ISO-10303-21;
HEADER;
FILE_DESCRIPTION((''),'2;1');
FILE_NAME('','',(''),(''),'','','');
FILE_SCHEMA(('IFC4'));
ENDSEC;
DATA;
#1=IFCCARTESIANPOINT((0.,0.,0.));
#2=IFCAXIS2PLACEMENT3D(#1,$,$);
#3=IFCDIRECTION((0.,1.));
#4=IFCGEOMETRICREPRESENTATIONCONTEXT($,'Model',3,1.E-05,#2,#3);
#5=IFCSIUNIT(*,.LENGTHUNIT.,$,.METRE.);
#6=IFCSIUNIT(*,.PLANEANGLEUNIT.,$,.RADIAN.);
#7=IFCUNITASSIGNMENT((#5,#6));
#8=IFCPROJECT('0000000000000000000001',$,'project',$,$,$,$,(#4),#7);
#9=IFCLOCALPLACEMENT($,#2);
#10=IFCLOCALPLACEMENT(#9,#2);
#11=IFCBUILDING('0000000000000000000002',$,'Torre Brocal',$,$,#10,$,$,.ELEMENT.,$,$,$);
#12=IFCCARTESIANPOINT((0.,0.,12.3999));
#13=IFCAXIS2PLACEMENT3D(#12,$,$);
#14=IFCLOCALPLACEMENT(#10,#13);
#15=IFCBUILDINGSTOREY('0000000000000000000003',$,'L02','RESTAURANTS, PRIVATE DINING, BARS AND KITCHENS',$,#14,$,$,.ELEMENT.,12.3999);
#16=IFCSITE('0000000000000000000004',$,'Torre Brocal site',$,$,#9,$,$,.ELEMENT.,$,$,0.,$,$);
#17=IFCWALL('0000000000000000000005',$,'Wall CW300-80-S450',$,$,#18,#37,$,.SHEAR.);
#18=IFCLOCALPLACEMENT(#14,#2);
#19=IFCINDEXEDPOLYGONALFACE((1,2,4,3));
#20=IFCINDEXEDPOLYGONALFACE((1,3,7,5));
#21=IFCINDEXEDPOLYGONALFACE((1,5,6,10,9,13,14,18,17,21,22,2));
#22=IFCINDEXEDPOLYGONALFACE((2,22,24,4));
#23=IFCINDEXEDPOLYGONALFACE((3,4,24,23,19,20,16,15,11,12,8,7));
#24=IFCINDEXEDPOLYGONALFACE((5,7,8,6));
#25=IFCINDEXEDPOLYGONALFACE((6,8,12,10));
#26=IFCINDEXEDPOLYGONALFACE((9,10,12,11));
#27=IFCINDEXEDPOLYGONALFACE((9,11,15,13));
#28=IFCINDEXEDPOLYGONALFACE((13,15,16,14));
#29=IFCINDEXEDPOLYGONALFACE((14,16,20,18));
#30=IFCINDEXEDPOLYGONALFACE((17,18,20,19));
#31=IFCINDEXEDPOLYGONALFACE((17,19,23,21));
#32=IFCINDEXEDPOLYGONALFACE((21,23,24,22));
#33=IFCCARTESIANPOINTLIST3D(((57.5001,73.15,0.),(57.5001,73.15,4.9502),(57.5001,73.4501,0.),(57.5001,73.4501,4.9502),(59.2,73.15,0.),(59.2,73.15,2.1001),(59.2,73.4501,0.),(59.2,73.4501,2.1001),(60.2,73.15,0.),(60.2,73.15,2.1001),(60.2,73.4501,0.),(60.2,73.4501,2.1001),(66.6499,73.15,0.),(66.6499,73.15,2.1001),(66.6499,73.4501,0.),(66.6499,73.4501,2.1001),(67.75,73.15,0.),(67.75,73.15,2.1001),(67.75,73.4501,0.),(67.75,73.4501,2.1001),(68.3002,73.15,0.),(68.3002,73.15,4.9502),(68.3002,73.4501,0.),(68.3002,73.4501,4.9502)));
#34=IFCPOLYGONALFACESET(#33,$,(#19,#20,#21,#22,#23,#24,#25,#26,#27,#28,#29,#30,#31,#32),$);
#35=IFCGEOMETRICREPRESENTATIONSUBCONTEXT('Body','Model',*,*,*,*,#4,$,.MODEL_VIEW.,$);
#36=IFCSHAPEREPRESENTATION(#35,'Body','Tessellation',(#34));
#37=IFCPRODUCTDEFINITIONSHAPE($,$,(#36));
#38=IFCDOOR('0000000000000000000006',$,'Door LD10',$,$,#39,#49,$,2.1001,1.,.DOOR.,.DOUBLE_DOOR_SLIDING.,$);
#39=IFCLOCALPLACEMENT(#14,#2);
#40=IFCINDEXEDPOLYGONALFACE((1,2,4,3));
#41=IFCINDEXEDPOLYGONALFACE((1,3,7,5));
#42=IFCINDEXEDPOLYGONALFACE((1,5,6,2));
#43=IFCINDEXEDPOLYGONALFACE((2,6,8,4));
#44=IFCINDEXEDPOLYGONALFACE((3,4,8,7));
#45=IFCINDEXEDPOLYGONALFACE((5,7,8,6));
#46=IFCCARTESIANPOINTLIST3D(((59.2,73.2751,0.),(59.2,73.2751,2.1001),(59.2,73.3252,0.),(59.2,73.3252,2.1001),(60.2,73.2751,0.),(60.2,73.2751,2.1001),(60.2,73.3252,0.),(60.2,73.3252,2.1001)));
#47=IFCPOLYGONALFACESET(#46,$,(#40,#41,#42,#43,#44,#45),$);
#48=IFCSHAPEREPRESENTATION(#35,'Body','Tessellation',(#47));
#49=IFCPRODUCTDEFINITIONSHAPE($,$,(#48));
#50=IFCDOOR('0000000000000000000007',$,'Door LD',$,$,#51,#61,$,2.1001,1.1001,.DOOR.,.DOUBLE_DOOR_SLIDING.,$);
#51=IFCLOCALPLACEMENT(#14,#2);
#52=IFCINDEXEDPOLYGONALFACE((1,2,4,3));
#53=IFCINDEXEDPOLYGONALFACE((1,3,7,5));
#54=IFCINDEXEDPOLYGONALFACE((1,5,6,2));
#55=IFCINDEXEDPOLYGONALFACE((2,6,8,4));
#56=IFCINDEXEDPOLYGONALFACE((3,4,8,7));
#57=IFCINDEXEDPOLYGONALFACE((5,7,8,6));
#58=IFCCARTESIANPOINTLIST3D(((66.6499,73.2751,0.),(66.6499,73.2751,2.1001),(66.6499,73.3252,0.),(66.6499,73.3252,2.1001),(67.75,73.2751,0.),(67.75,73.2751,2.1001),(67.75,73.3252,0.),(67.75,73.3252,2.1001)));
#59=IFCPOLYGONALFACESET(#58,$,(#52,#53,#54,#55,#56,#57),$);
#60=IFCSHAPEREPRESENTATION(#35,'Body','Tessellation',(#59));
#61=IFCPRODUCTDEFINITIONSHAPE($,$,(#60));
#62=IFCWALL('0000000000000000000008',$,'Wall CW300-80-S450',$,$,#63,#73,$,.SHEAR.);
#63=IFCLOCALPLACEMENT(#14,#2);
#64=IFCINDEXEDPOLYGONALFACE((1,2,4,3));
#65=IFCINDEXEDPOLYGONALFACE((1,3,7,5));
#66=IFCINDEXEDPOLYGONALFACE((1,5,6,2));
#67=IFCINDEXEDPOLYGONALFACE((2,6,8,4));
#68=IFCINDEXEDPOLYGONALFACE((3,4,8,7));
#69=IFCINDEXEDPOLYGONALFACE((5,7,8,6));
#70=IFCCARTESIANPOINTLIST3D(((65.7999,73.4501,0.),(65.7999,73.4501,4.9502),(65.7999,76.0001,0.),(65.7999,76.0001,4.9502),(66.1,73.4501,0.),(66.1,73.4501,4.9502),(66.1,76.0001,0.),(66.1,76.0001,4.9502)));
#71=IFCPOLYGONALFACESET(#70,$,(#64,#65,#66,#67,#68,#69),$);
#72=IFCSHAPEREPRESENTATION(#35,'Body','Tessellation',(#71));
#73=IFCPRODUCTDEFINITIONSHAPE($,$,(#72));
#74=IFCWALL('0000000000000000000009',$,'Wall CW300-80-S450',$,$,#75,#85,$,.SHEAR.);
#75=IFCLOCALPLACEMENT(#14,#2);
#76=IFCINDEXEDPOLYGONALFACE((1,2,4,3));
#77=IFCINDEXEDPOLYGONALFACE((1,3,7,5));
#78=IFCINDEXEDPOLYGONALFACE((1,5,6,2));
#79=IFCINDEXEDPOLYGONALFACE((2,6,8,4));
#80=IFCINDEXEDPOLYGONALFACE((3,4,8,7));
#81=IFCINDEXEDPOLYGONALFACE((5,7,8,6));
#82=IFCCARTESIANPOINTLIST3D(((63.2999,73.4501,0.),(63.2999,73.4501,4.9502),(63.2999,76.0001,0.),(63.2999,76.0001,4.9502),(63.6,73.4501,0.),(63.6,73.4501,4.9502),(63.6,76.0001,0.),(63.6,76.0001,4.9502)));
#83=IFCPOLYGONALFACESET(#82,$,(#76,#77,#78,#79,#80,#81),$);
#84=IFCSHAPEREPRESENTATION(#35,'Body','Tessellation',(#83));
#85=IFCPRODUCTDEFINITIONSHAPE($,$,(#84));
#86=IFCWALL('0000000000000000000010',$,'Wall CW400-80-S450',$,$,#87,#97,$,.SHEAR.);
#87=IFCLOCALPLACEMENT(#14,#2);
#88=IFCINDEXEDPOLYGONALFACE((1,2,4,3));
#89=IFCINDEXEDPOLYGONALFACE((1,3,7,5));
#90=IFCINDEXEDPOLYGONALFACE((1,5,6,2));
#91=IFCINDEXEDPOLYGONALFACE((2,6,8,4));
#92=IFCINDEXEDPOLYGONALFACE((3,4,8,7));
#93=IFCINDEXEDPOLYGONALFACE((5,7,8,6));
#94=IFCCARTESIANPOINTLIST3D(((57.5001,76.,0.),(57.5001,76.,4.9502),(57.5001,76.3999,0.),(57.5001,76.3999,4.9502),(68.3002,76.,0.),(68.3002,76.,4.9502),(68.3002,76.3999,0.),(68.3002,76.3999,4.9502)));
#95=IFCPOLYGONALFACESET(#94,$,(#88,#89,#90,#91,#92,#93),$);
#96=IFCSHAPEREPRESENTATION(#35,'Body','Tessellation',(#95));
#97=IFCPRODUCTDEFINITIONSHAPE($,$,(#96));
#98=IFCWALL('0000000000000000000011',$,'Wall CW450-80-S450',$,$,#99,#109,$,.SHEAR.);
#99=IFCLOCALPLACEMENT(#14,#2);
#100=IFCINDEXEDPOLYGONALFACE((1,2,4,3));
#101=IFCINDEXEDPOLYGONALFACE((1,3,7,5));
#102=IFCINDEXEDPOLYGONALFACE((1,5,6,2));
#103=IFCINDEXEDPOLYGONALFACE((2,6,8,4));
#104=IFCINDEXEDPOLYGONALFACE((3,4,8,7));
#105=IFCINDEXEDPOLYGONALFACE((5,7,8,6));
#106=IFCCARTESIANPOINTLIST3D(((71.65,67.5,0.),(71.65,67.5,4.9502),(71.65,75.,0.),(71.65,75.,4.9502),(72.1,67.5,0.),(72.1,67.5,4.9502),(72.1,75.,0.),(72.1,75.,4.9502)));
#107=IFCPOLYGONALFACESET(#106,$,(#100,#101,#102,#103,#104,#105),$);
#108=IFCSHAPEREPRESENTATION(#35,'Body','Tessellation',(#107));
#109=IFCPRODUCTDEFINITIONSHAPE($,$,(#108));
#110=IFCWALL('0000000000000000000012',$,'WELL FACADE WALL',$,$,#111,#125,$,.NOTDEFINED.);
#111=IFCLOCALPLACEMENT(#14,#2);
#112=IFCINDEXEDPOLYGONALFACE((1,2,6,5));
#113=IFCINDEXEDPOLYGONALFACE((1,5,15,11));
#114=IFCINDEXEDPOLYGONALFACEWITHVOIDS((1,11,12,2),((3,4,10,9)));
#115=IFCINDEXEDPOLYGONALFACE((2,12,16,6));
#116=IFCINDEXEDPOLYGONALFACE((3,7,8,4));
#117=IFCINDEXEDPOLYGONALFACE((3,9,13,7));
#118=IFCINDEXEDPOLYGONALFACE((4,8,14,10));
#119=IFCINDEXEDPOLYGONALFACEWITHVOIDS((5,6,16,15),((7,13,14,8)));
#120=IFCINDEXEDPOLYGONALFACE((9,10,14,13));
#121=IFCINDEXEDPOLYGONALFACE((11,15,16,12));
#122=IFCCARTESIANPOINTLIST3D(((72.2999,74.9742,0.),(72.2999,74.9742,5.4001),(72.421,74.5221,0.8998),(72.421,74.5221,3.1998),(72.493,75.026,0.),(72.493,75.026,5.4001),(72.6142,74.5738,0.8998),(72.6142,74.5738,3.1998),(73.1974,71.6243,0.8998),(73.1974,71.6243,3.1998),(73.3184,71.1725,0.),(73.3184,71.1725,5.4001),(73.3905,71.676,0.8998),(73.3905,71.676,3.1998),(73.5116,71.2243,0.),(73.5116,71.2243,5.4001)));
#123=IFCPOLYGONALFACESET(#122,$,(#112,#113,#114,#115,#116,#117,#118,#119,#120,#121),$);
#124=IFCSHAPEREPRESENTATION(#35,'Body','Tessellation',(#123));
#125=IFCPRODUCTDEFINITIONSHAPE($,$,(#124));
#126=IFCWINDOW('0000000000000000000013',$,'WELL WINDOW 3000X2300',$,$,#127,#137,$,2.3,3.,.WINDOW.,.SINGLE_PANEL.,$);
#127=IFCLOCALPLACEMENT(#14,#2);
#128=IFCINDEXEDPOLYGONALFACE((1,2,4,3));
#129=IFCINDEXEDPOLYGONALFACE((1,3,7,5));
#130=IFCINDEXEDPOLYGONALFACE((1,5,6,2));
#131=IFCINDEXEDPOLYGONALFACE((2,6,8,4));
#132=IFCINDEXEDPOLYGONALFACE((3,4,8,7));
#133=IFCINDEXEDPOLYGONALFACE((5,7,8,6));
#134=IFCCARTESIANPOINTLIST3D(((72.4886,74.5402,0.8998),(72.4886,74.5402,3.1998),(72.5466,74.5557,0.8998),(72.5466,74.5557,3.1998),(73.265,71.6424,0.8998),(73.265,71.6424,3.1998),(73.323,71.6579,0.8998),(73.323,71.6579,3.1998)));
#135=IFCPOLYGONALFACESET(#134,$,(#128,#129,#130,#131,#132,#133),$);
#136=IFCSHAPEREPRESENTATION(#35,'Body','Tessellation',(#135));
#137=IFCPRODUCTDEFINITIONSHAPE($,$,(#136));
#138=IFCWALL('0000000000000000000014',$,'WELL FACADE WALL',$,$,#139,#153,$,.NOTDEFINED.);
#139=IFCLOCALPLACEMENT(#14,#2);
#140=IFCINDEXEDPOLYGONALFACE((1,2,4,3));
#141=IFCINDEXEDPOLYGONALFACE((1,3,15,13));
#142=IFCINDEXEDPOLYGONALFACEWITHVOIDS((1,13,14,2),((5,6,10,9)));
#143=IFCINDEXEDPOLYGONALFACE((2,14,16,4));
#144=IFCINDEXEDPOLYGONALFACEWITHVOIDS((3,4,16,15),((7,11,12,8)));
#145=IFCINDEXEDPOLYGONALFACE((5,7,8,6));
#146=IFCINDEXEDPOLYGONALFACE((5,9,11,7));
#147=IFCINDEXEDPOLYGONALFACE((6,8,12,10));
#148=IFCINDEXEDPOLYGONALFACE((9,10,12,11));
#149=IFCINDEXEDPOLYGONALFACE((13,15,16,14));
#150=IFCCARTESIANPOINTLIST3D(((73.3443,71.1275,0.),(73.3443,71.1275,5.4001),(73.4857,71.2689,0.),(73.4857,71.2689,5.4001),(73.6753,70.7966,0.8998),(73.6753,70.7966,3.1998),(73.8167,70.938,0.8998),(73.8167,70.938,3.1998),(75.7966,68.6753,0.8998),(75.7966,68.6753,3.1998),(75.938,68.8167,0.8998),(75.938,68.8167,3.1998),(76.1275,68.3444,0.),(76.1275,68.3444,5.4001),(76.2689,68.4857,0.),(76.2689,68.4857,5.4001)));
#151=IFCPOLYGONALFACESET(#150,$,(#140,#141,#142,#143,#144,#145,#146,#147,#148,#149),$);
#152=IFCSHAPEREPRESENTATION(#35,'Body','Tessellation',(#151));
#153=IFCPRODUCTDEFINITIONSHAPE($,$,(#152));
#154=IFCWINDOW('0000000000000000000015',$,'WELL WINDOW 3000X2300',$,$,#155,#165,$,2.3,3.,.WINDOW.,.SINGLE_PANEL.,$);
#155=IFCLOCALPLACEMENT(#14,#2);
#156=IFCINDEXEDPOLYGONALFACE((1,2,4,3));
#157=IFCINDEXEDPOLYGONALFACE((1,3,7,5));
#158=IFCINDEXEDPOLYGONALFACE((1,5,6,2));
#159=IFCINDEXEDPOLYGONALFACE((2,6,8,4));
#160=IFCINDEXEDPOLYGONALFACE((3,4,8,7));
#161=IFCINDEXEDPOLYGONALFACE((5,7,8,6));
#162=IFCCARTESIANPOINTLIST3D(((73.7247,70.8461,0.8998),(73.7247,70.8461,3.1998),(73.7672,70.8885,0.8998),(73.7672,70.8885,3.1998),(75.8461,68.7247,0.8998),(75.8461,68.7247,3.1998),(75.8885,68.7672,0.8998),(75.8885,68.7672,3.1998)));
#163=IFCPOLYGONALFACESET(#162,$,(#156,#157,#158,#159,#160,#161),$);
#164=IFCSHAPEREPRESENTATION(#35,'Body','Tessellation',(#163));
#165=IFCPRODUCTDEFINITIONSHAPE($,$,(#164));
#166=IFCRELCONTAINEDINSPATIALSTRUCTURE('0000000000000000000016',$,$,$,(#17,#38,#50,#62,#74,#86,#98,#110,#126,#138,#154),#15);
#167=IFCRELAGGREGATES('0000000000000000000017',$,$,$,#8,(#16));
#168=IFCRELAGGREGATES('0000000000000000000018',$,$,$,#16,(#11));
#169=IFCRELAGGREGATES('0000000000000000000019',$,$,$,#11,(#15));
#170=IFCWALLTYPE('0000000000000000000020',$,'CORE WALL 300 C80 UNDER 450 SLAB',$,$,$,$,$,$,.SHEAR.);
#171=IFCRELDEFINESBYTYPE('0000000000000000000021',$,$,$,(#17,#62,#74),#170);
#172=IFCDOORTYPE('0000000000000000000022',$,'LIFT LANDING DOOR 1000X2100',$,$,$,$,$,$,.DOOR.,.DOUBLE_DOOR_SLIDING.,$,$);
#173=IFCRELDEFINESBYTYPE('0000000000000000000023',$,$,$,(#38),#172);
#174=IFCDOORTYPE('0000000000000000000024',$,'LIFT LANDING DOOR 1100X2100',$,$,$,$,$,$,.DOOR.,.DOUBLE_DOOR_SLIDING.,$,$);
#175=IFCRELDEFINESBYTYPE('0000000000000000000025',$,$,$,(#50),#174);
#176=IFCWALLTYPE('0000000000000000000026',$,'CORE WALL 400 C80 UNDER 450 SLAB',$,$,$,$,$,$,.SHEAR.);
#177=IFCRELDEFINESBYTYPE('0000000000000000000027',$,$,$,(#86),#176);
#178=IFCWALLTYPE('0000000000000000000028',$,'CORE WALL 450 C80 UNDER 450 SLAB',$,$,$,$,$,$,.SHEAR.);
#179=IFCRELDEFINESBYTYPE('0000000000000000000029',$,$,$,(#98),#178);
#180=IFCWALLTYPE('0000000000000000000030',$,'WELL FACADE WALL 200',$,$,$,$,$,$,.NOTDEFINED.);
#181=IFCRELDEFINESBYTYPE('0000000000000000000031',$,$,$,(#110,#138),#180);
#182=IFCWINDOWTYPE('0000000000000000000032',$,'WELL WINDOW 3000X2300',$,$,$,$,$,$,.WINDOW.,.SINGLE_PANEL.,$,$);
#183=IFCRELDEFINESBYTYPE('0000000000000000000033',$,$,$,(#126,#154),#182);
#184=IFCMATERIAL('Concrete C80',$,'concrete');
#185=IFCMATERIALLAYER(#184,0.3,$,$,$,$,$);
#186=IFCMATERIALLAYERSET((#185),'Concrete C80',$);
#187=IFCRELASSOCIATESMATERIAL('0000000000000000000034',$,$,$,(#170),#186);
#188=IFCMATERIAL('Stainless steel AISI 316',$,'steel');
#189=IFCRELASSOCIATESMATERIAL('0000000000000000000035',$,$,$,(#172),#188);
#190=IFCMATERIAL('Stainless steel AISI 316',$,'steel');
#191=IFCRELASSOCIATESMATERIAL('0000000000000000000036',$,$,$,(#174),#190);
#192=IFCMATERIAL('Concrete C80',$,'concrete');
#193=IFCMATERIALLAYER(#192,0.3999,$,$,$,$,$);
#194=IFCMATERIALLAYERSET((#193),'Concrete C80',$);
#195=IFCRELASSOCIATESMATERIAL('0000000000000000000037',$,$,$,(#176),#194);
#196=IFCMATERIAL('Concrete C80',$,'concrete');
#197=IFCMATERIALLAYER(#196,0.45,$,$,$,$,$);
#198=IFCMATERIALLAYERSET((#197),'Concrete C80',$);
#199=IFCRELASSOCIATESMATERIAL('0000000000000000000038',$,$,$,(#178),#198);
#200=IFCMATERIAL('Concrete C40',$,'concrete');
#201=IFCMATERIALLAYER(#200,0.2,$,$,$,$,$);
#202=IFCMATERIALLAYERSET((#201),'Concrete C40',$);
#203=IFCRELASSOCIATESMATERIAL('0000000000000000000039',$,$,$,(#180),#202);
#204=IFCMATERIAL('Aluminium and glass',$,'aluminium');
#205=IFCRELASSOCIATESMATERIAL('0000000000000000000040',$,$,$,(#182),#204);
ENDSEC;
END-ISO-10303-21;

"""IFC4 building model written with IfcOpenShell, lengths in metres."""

from ifc_helpers import new_model, si_unit, direction, frame, frame_2d, origin, place, context, subcontext, project, spatial, rectangle, extrude, material, layer, layer_set, type_object, element, fill, save


model = new_model("IFC4")

# Units and contexts
model_context = context("Model", 3, precision=1e-05, world=origin(), true_north=direction((0.0, 1.0)))
body_context = subcontext(model_context, "Body", "Model", "MODEL_VIEW")
ifc_project = project(units=[si_unit("LENGTHUNIT", "METRE"), si_unit("PLANEANGLEUNIT", "RADIAN")], contexts=[model_context])

# Site, building, storey
site_placement = place(None, origin())
site = spatial("IfcSite", under=ifc_project, at=site_placement, Name="Torre Brocal site", CompositionType="ELEMENT", RefElevation=0.0)
building_placement = place(site_placement, origin())
building = spatial("IfcBuilding", under=site, at=building_placement, Name="Torre Brocal", CompositionType="ELEMENT")
storey_placement = place(building_placement, frame((0.0, 0.0, 12.3999)))
storey = spatial("IfcBuildingStorey", under=building, at=storey_placement, Name="L02", Description="RESTAURANTS, PRIVATE DINING, BARS AND KITCHENS", CompositionType="ELEMENT", Elevation=12.3999)

# Shared definitions
ifc_material_1 = material(Name="Concrete C80", Category="concrete")
ifc_layer_1 = layer(ifc_material_1, 0.3)
ifc_layer_set_1 = layer_set([ifc_layer_1], Name="Concrete C80")
wall_type_1 = type_object("IfcWallType", Name="CORE WALL 300 C80 UNDER 450 SLAB", PredefinedType="SHEAR", material=ifc_layer_set_1)

# Wall, openings, doors
wall_1_placement = place(storey_placement, frame((68.3, 73.3, 0.0), z_axis=(0.0, 0.0, 1.0), x_axis=(-1.0, 0.0, 0.0)))
wall_1 = element("IfcWall", 1, at=wall_1_placement, inside=storey, type_object=wall_type_1, Name="Wall CW300-80-S450", PredefinedType="SHEAR", context=body_context, shape_type="SweptSolid", body=[
    extrude(rectangle(XDim=10.8, YDim=0.3, at=frame_2d((5.3999, 0.0))), origin(), (0.0, 0.0, 1.0), 4.9502),
])
opening_1_placement = place(wall_1_placement, frame((0.55, 0.0, 0.0)))
opening_1 = element("IfcOpeningElement", 2, at=opening_1_placement, cuts=wall_1, PredefinedType="OPENING", context=body_context, shape_type="SweptSolid", body=[
    extrude(rectangle(XDim=1.1001, YDim=2.1001, at=frame_2d((0.55, 1.05))), frame((0.0, 0.1599, 0.0), z_axis=(0.0, -1.0, 0.0), x_axis=(1.0, 0.0, 0.0)), (0.0, 0.0, 1.0), 0.3201),
])
opening_2_placement = place(wall_1_placement, frame((8.1001, 0.0, 0.0)))
opening_2 = element("IfcOpeningElement", 3, at=opening_2_placement, cuts=wall_1, PredefinedType="OPENING", context=body_context, shape_type="SweptSolid", body=[
    extrude(rectangle(XDim=1.0, YDim=2.1001, at=frame_2d((0.5, 1.05))), frame((0.0, 0.1599, 0.0), z_axis=(0.0, -1.0, 0.0), x_axis=(1.0, 0.0, 0.0)), (0.0, 0.0, 1.0), 0.3201),
])
ifc_material_2 = material(Name="Stainless steel AISI 316", Category="steel")
door_type_1 = type_object("IfcDoorType", Name="LIFT LANDING DOOR 1000X2100", OperationType="DOUBLE_DOOR_SLIDING", PredefinedType="DOOR", material=ifc_material_2)
door_1_placement = place(opening_2_placement, origin())
door_1 = element("IfcDoor", 4, at=door_1_placement, inside=storey, type_object=door_type_1, Name="Door LD10", OperationType="DOUBLE_DOOR_SLIDING", OverallHeight=2.1001, OverallWidth=1.0, PredefinedType="DOOR", context=body_context, shape_type="SweptSolid", body=[
    extrude(rectangle(XDim=1.0, YDim=2.1001, at=frame_2d((0.5, 1.05))), frame((0.0, 0.0249, 0.0), z_axis=(0.0, -1.0, 0.0), x_axis=(1.0, 0.0, 0.0)), (0.0, 0.0, 1.0), 0.05),
])
fill(opening_2, door_1)
ifc_material_3 = material(Name="Stainless steel AISI 316", Category="steel")
door_type_2 = type_object("IfcDoorType", Name="LIFT LANDING DOOR 1100X2100", OperationType="DOUBLE_DOOR_SLIDING", PredefinedType="DOOR", material=ifc_material_3)
door_2_placement = place(opening_1_placement, origin())
door_2 = element("IfcDoor", 5, at=door_2_placement, inside=storey, type_object=door_type_2, Name="Door LD", OperationType="DOUBLE_DOOR_SLIDING", OverallHeight=2.1001, OverallWidth=1.1001, PredefinedType="DOOR", context=body_context, shape_type="SweptSolid", body=[
    extrude(rectangle(XDim=1.1001, YDim=2.1001, at=frame_2d((0.55, 1.05))), frame((0.0, 0.0249, 0.0), z_axis=(0.0, -1.0, 0.0), x_axis=(1.0, 0.0, 0.0)), (0.0, 0.0, 1.0), 0.05),
])
fill(opening_1, door_2)

# Walls
for number, where, z_axis, x_axis, name in (
    (6, (65.95, 76.0, 0.0), (0.0, 0.0, 1.0), (0.0, -1.0, 0.0), "Wall CW300-80-S450"),
    (7, (63.45, 76.0, 0.0), (0.0, 0.0, 1.0), (0.0, -1.0, 0.0), "Wall CW300-80-S450"),
):
    element("IfcWall", number, at=place(storey_placement, frame(where, z_axis=z_axis, x_axis=x_axis)), inside=storey, type_object=wall_type_1, Name=name, PredefinedType="SHEAR", context=body_context, shape_type="SweptSolid", body=[
        extrude(rectangle(XDim=2.55, YDim=0.3, at=frame_2d((1.2749, 0.0))), origin(), (0.0, 0.0, 1.0), 4.9502),
    ])
ifc_material_4 = material(Name="Concrete C80", Category="concrete")
ifc_layer_2 = layer(ifc_material_4, 0.3999)
ifc_layer_set_2 = layer_set([ifc_layer_2], Name="Concrete C80")
wall_type_2 = type_object("IfcWallType", Name="CORE WALL 400 C80 UNDER 450 SLAB", PredefinedType="SHEAR", material=ifc_layer_set_2)
wall_2_placement = place(storey_placement, frame((68.3, 76.2, 0.0), z_axis=(0.0, 0.0, 1.0), x_axis=(-1.0, 0.0, 0.0)))
element("IfcWall", 8, at=wall_2_placement, inside=storey, type_object=wall_type_2, Name="Wall CW400-80-S450", PredefinedType="SHEAR", context=body_context, shape_type="SweptSolid", body=[
    extrude(rectangle(XDim=10.8, YDim=0.3999, at=frame_2d((5.3999, 0.0))), origin(), (0.0, 0.0, 1.0), 4.9502),
])
ifc_material_5 = material(Name="Concrete C80", Category="concrete")
ifc_layer_3 = layer(ifc_material_5, 0.45)
ifc_layer_set_3 = layer_set([ifc_layer_3], Name="Concrete C80")
wall_type_3 = type_object("IfcWallType", Name="CORE WALL 450 C80 UNDER 450 SLAB", PredefinedType="SHEAR", material=ifc_layer_set_3)
wall_3_placement = place(storey_placement, frame((71.875, 75.0, 0.0), z_axis=(0.0, 0.0, 1.0), x_axis=(0.0, -1.0, 0.0)))
element("IfcWall", 9, at=wall_3_placement, inside=storey, type_object=wall_type_3, Name="Wall CW450-80-S450", PredefinedType="SHEAR", context=body_context, shape_type="SweptSolid", body=[
    extrude(rectangle(XDim=7.5, YDim=0.45, at=frame_2d((3.75, 0.0))), origin(), (0.0, 0.0, 1.0), 4.9502),
])

# Walls, openings, windows
ifc_material_6 = material(Name="Concrete C40", Category="concrete")
ifc_layer_4 = layer(ifc_material_6, 0.2)
ifc_layer_set_4 = layer_set([ifc_layer_4], Name="Concrete C40")
wall_type_4 = type_object("IfcWallType", Name="WELL FACADE WALL 200", PredefinedType="NOTDEFINED", material=ifc_layer_set_4)
wall_4_placement = place(storey_placement, frame((72.3965, 75.0, 0.0), z_axis=(0.0, 0.0, 1.0), x_axis=(0.25879, -0.965934, 0.0)))
wall_4 = element("IfcWall", 10, at=wall_4_placement, inside=storey, type_object=wall_type_4, Name="WELL FACADE WALL", PredefinedType="NOTDEFINED", context=body_context, shape_type="SweptSolid", body=[
    extrude(rectangle(XDim=3.9358, YDim=0.2, at=frame_2d((1.9678, 0.0))), origin(), (0.0, 0.0, 1.0), 5.4001),
])
opening_3_placement = place(wall_4_placement, frame((0.468, 0.0, 0.8999)))
opening_3 = element("IfcOpeningElement", 11, at=opening_3_placement, cuts=wall_4, PredefinedType="OPENING", context=body_context, shape_type="SweptSolid", body=[
    extrude(rectangle(XDim=3.0, YDim=2.3, at=frame_2d((1.5, 1.1499))), frame((0.0, 0.1099, 0.0), z_axis=(0.0, -1.0, 0.0), x_axis=(1.0, 0.0, 0.0)), (0.0, 0.0, 1.0), 0.22),
])
ifc_material_7 = material(Name="Aluminium and glass", Category="aluminium")
window_type = type_object("IfcWindowType", Name="WELL WINDOW 3000X2300", PartitioningType="SINGLE_PANEL", PredefinedType="WINDOW", material=ifc_material_7)
window_1_placement = place(opening_3_placement, origin())
window_1 = element("IfcWindow", 12, at=window_1_placement, inside=storey, type_object=window_type, Name="WELL WINDOW 3000X2300", OverallHeight=2.3, OverallWidth=3.0, PartitioningType="SINGLE_PANEL", PredefinedType="WINDOW", context=body_context, shape_type="SweptSolid", body=[
    extrude(rectangle(XDim=3.0, YDim=2.3, at=frame_2d((1.5, 1.1499))), frame((0.0, 0.03, 0.0), z_axis=(0.0, -1.0, 0.0), x_axis=(1.0, 0.0, 0.0)), (0.0, 0.0, 1.0), 0.0601),
])
fill(opening_3, window_1)
wall_5_placement = place(storey_placement, frame((73.415, 71.1982, 0.0), z_axis=(0.0, 0.0, 1.0), x_axis=(0.707107, -0.707107, 0.0)))
wall_5 = element("IfcWall", 13, at=wall_5_placement, inside=storey, type_object=wall_type_4, Name="WELL FACADE WALL", PredefinedType="NOTDEFINED", context=body_context, shape_type="SweptSolid", body=[
    extrude(rectangle(XDim=3.936, YDim=0.2, at=frame_2d((1.968, 0.0))), origin(), (0.0, 0.0, 1.0), 5.4001),
])
opening_4_placement = place(wall_5_placement, frame((0.468, 0.0, 0.8999)))
opening_4 = element("IfcOpeningElement", 14, at=opening_4_placement, cuts=wall_5, PredefinedType="OPENING", context=body_context, shape_type="SweptSolid", body=[
    extrude(rectangle(XDim=3.0, YDim=2.3, at=frame_2d((1.5, 1.1499))), frame((0.0, 0.1099, 0.0), z_axis=(0.0, -1.0, 0.0), x_axis=(1.0, 0.0, 0.0)), (0.0, 0.0, 1.0), 0.22),
])
window_2_placement = place(opening_4_placement, origin())
window_2 = element("IfcWindow", 15, at=window_2_placement, inside=storey, type_object=window_type, Name="WELL WINDOW 3000X2300", OverallHeight=2.3, OverallWidth=3.0, PartitioningType="SINGLE_PANEL", PredefinedType="WINDOW", context=body_context, shape_type="SweptSolid", body=[
    extrude(rectangle(XDim=3.0, YDim=2.3, at=frame_2d((1.5, 1.1499))), frame((0.0, 0.03, 0.0), z_axis=(0.0, -1.0, 0.0), x_axis=(1.0, 0.0, 0.0)), (0.0, 0.0, 1.0), 0.0601),
])
fill(opening_4, window_2)

save(model, "model.ifc")
